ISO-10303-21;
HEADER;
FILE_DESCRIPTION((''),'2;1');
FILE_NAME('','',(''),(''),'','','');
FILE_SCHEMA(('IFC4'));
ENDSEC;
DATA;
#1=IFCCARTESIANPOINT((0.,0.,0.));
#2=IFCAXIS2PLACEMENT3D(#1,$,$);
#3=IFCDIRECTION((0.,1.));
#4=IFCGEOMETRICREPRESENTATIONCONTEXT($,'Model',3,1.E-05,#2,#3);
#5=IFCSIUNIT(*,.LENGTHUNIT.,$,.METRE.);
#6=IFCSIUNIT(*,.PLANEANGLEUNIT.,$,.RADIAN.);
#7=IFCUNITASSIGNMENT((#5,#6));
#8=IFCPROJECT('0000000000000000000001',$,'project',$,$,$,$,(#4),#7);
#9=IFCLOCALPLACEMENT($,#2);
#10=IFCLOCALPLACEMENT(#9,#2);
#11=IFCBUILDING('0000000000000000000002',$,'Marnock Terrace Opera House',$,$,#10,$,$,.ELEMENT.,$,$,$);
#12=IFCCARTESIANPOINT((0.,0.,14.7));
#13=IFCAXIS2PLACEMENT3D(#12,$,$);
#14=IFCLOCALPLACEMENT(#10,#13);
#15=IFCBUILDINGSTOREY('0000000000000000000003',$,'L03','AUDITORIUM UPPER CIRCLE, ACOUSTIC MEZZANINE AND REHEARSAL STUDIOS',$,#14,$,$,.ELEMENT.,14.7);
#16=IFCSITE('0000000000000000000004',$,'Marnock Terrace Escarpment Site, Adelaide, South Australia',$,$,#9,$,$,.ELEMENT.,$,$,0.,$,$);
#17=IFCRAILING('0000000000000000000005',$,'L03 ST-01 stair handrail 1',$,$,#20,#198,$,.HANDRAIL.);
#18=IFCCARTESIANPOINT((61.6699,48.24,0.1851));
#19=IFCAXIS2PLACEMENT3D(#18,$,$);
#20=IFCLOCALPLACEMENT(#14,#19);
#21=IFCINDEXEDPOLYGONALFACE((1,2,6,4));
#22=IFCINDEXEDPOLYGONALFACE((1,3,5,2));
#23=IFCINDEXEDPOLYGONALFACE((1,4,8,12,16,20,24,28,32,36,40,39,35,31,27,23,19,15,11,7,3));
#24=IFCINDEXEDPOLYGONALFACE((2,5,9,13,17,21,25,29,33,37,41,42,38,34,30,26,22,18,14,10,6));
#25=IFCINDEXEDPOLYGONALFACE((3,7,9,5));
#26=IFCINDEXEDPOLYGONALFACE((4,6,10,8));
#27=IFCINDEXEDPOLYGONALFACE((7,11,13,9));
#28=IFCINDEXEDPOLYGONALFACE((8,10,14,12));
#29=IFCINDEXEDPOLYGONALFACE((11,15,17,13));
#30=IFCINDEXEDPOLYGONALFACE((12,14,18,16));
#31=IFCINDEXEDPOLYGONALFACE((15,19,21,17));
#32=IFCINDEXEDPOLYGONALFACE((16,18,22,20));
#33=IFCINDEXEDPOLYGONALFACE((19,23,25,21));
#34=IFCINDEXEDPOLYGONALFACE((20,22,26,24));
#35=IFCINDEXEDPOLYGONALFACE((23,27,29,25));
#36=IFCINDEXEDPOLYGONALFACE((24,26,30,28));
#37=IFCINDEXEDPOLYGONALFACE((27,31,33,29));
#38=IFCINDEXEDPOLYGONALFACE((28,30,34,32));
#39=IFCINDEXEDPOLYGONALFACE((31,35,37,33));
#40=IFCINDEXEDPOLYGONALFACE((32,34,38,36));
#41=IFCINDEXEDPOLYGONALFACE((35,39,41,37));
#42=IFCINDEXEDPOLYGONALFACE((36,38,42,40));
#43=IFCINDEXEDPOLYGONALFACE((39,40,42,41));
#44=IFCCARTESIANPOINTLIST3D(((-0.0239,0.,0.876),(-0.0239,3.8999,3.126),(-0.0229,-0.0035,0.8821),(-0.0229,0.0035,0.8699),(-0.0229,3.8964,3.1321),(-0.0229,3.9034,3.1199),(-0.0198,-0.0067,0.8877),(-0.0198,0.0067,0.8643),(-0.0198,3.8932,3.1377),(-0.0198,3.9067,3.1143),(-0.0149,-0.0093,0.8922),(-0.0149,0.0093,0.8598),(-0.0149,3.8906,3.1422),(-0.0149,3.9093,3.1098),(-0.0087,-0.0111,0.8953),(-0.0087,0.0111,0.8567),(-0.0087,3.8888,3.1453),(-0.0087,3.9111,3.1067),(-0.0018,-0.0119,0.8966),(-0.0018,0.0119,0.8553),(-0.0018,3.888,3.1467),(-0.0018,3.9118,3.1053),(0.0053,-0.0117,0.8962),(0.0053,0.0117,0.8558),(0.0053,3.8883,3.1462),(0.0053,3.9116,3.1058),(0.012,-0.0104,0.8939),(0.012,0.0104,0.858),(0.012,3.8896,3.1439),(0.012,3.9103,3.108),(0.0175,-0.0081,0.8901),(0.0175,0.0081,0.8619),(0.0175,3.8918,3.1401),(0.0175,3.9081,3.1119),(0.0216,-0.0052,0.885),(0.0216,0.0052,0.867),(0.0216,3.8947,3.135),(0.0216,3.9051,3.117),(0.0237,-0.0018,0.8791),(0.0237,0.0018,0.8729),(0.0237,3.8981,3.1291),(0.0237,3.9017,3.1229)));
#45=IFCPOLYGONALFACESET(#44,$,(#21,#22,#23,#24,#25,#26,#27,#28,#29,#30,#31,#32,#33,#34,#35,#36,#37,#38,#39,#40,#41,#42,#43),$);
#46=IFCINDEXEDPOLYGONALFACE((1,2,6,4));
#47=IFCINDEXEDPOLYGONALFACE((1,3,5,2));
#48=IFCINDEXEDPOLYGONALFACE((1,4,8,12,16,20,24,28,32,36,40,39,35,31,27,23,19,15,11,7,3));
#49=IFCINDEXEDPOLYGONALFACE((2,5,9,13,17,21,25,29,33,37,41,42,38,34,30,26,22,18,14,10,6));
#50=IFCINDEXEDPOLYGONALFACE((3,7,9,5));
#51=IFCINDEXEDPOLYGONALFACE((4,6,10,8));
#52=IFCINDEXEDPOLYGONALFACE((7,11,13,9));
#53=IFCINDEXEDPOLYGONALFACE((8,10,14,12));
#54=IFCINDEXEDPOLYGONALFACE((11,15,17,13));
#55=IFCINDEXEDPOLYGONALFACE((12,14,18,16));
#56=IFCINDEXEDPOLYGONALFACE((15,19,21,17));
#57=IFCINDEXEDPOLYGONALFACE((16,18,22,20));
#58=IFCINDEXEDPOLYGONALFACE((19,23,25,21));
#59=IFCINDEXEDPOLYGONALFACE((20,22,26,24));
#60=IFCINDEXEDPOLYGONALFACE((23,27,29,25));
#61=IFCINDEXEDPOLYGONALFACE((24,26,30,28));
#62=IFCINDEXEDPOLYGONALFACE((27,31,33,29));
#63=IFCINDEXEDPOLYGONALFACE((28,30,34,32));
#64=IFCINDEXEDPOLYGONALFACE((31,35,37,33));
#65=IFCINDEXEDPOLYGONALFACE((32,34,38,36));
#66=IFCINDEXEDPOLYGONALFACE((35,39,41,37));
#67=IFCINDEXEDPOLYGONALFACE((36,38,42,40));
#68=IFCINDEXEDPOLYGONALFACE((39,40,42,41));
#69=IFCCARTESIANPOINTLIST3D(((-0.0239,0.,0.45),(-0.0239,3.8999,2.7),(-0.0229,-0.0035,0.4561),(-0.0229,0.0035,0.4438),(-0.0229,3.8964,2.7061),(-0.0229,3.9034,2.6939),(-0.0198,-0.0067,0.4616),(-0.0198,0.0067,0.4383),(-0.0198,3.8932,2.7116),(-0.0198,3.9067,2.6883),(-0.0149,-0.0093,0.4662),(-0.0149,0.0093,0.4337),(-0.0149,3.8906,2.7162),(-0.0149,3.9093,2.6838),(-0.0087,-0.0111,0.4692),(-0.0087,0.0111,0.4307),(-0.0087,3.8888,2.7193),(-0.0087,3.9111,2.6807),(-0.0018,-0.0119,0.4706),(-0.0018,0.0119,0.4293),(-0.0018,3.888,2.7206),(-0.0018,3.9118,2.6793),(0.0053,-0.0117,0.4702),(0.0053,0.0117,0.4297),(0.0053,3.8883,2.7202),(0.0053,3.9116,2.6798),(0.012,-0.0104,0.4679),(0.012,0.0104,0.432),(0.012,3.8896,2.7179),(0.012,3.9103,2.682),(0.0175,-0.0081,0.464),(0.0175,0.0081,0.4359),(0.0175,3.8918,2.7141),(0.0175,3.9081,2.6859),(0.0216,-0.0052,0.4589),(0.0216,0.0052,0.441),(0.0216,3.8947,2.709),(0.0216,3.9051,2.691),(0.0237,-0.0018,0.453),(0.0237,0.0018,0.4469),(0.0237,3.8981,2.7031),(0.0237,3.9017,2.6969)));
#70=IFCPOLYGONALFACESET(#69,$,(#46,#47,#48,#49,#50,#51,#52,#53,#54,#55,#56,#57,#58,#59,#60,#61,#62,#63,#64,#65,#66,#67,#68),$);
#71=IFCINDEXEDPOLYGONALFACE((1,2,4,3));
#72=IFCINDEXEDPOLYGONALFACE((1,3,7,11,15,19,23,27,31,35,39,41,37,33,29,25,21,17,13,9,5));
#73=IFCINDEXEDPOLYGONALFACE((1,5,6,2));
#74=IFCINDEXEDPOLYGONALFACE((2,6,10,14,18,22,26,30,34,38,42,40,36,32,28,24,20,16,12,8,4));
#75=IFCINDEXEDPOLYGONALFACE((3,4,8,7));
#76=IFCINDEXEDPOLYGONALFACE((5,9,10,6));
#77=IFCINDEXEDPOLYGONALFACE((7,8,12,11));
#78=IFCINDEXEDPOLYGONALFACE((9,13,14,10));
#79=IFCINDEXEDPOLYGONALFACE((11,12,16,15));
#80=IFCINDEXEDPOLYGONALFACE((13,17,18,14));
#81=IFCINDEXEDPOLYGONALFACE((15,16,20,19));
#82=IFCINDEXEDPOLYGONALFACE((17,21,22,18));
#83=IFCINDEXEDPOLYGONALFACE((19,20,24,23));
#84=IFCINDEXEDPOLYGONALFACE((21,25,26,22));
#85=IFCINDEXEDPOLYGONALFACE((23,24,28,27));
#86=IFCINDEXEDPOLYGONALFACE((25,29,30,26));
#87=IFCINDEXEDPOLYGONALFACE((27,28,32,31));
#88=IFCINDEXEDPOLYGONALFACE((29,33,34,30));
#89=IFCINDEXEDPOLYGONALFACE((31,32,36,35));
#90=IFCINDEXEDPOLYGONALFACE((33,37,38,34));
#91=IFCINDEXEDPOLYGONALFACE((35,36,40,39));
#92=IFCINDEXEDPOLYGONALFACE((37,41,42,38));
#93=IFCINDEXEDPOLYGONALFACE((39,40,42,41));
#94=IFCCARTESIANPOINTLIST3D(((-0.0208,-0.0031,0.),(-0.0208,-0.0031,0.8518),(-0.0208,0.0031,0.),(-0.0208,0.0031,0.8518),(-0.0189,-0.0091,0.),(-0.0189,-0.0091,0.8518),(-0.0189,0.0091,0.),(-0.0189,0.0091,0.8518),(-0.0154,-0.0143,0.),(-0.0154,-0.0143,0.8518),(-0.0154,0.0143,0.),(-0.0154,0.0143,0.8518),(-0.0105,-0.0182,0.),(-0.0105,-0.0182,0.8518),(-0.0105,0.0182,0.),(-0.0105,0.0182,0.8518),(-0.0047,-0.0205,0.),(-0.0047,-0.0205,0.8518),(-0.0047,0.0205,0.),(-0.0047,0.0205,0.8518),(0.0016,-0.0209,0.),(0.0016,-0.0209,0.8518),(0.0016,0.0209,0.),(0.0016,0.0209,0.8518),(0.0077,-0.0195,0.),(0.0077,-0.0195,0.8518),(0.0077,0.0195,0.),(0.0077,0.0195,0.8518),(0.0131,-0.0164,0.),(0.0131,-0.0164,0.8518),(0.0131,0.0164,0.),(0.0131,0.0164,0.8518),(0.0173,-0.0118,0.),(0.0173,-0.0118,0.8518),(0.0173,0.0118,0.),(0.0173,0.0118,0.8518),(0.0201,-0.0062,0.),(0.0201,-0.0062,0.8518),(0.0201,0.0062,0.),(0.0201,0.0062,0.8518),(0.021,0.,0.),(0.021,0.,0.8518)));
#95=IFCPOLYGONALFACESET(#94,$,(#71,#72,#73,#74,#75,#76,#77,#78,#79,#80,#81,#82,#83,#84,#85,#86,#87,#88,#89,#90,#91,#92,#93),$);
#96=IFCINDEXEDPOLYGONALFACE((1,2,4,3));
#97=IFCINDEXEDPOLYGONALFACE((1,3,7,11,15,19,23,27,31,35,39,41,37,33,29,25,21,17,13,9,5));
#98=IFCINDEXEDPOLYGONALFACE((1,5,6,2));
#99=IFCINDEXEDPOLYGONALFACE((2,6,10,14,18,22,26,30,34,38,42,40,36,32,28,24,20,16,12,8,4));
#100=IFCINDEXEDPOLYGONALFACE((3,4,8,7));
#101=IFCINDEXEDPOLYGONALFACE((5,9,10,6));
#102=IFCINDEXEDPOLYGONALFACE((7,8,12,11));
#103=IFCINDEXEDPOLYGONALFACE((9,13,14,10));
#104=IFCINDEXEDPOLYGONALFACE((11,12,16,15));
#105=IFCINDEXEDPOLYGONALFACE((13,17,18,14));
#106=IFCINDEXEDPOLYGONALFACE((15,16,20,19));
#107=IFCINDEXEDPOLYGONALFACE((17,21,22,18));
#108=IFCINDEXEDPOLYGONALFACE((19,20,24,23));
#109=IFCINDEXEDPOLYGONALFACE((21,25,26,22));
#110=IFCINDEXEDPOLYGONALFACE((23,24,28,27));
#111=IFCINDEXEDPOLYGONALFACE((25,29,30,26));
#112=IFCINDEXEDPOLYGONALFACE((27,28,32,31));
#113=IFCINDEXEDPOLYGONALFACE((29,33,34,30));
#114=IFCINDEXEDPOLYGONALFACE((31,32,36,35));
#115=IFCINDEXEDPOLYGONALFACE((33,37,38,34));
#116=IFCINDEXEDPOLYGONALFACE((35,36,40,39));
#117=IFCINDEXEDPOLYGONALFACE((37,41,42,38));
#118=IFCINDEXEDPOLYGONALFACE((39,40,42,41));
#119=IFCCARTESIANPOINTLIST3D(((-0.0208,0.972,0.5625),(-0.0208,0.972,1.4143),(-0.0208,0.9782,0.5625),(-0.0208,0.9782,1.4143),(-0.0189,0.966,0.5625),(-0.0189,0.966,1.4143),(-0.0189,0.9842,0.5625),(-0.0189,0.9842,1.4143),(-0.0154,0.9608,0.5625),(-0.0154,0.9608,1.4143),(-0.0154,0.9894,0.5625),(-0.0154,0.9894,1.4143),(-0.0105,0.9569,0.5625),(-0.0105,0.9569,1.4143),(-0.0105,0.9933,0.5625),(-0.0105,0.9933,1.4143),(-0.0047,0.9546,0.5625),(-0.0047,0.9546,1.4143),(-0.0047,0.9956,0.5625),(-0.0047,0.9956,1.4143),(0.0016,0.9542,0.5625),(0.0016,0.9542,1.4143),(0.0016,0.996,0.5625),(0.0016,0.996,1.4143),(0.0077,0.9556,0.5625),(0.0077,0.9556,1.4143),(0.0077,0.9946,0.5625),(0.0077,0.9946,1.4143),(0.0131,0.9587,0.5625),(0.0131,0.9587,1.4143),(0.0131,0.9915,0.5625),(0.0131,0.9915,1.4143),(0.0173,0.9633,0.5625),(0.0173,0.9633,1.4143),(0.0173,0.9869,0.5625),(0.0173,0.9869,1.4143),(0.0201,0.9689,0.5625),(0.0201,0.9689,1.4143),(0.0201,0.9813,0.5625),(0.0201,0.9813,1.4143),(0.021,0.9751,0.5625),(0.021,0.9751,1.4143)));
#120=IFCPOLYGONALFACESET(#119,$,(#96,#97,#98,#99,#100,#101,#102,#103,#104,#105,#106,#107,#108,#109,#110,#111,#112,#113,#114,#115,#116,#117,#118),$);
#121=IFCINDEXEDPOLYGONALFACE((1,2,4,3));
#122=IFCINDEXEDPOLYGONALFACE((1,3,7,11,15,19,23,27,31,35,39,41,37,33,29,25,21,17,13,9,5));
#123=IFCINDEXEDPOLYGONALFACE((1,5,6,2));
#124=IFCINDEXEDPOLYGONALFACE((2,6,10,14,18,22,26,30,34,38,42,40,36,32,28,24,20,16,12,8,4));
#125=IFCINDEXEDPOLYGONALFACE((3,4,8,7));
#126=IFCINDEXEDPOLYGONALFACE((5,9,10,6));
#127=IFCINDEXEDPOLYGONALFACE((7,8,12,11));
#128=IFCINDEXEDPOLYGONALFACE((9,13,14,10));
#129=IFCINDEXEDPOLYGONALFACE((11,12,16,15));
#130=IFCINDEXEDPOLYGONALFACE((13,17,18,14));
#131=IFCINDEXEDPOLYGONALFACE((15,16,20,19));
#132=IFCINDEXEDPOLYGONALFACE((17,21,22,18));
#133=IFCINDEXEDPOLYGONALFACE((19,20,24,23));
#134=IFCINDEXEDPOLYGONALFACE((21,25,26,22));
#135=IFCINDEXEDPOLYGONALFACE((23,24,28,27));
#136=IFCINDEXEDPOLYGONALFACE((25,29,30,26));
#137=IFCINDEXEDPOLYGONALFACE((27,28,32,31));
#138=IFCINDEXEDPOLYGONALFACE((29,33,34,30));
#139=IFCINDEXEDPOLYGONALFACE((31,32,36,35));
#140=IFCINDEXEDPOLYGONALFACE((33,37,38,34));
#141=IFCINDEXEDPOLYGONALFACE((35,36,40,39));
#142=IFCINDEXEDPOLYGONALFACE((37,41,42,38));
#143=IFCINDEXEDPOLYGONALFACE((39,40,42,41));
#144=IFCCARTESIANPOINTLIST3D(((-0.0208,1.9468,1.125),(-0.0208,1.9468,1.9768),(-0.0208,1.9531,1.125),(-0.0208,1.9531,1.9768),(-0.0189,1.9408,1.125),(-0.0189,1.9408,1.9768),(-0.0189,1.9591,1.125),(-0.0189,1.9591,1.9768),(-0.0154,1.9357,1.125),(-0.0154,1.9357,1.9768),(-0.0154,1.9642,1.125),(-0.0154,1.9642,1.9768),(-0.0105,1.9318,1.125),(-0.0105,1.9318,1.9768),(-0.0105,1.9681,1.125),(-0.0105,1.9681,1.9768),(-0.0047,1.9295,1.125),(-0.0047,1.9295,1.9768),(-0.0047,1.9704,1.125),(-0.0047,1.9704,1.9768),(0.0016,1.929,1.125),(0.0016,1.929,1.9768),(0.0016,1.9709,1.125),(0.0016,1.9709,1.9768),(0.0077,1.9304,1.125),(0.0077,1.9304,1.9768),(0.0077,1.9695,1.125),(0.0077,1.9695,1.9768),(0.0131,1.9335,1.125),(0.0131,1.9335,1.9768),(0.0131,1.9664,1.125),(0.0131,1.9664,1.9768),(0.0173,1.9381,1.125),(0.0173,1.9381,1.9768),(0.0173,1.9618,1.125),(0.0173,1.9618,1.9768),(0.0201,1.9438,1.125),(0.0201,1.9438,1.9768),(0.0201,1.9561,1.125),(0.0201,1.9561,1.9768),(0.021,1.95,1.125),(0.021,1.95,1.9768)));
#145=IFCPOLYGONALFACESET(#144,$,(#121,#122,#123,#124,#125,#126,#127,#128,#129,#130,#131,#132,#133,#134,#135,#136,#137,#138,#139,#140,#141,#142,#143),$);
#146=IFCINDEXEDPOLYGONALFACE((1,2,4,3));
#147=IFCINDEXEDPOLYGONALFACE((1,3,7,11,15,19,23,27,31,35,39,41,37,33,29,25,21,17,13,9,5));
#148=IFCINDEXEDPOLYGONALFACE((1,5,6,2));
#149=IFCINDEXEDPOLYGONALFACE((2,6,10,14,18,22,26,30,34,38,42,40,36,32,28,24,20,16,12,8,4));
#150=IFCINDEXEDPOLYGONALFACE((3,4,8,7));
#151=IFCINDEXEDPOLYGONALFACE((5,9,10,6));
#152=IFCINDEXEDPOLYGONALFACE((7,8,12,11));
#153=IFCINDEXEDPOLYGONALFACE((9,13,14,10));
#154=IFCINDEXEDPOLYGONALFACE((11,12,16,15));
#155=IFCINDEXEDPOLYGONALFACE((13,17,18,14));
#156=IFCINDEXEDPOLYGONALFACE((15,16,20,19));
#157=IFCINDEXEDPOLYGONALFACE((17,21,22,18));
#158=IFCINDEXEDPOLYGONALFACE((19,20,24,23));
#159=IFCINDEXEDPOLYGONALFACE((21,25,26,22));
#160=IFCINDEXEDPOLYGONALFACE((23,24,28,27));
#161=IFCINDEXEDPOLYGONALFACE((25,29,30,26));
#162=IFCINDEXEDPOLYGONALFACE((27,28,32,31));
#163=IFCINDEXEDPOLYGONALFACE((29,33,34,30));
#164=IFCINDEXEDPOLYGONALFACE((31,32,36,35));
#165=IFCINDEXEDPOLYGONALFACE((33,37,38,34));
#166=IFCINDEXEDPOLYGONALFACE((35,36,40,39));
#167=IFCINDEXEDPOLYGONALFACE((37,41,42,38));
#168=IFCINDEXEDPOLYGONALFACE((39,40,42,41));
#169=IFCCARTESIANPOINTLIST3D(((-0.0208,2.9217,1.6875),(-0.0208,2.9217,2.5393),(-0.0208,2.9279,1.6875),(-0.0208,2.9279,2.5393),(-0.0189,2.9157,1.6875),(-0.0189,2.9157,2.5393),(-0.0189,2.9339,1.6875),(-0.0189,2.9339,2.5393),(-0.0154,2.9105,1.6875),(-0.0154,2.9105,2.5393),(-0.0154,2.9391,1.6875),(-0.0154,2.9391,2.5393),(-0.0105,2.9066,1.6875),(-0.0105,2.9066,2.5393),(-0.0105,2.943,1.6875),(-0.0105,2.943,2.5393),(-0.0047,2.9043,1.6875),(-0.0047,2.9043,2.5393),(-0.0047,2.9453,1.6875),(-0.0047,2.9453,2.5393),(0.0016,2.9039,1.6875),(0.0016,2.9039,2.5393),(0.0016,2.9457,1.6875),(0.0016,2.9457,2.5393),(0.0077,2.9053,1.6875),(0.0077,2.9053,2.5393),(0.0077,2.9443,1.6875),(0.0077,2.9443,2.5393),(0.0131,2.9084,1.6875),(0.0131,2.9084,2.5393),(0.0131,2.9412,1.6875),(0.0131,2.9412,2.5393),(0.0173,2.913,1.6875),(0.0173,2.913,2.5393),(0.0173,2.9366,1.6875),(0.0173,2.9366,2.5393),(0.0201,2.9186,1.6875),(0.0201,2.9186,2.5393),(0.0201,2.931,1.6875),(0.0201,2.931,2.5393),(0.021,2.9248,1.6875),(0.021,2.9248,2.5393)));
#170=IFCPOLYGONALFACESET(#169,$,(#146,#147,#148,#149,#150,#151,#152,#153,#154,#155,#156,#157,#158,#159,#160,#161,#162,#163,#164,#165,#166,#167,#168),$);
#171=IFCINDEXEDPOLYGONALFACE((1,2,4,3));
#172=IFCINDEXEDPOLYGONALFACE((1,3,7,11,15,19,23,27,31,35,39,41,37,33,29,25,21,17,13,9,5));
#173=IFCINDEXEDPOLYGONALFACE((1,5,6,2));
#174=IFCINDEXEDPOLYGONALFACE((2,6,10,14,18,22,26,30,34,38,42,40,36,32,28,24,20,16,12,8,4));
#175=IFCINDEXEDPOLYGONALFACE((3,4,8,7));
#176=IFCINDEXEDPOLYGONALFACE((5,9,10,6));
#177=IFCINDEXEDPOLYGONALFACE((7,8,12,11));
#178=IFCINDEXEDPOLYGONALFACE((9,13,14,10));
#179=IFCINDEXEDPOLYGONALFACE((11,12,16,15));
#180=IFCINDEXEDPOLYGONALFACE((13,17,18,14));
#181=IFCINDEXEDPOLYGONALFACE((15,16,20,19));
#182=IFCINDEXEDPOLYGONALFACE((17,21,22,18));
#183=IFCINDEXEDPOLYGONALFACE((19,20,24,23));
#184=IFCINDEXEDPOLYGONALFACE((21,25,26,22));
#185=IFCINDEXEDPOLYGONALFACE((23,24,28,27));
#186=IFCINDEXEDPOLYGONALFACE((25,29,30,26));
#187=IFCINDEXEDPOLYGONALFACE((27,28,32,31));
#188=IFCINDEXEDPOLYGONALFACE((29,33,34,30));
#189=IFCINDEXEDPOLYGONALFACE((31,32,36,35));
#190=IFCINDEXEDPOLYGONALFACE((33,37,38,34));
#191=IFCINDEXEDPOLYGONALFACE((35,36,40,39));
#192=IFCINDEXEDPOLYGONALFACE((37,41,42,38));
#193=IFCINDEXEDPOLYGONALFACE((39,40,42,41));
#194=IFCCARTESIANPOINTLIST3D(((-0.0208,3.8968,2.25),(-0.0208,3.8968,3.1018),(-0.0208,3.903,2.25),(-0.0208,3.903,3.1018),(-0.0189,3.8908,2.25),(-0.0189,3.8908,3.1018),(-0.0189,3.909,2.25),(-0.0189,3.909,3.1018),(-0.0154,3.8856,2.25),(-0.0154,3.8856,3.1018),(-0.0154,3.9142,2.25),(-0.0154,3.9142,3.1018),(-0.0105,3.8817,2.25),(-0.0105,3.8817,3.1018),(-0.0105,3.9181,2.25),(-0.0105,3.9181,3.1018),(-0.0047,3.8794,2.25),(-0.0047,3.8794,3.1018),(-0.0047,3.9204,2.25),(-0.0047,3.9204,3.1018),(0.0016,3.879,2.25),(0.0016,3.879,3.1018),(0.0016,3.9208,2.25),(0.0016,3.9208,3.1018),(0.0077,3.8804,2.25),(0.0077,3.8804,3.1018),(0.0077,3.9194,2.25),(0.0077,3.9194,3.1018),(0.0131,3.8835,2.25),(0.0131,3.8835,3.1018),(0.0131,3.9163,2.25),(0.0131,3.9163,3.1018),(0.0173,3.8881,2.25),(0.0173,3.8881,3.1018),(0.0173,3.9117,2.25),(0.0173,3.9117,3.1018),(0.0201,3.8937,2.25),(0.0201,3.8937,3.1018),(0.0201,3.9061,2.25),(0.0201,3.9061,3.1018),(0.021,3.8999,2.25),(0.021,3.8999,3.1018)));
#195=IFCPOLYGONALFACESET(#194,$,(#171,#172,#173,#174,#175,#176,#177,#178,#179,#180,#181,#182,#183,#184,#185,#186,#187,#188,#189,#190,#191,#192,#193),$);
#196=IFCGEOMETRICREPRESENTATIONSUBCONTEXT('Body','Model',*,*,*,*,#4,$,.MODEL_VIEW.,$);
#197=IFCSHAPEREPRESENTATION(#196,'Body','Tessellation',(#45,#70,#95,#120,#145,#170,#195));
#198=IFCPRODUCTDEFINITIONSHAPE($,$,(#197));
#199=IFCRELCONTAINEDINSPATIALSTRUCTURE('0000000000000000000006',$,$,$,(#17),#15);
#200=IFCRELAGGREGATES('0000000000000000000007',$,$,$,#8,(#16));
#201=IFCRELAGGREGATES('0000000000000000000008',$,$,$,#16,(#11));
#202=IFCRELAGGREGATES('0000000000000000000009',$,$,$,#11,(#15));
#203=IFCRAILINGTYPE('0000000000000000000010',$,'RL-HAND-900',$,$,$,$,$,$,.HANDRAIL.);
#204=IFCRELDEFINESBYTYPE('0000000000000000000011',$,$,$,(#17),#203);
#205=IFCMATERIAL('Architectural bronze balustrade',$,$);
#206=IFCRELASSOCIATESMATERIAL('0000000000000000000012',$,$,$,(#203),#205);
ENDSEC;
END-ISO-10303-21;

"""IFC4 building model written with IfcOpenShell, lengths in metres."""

from ifc_helpers import new_model, si_unit, direction, frame, origin, origin_2d, place, context, subcontext, project, spatial, circle, extrude, material, type_object, element, save


model = new_model("IFC4")

# Units and contexts
model_context = context("Model", 3, precision=1e-05, world=origin(), true_north=direction((0.0, 1.0)))
body_context = subcontext(model_context, "Body", "Model", "MODEL_VIEW")
ifc_project = project(units=[si_unit("LENGTHUNIT", "METRE"), si_unit("PLANEANGLEUNIT", "RADIAN")], contexts=[model_context])

# Site, building, storey
site_placement = place(None, origin())
site = spatial("IfcSite", under=ifc_project, at=site_placement, Name="Marnock Terrace Escarpment Site, Adelaide, South Australia", CompositionType="ELEMENT", RefElevation=0.0)
building_placement = place(site_placement, origin())
building = spatial("IfcBuilding", under=site, at=building_placement, Name="Marnock Terrace Opera House", CompositionType="ELEMENT")
storey_placement = place(building_placement, frame((0.0, 0.0, 14.7)))
storey = spatial("IfcBuildingStorey", under=building, at=storey_placement, Name="L03", Description="AUDITORIUM UPPER CIRCLE, ACOUSTIC MEZZANINE AND REHEARSAL STUDIOS", CompositionType="ELEMENT", Elevation=14.7)

# Railing
ifc_material_1 = material(Name="Architectural bronze balustrade")
railing_type_1 = type_object("IfcRailingType", Name="RL-HAND-900", PredefinedType="HANDRAIL", material=ifc_material_1)
railing_1_placement = place(storey_placement, frame((61.6699, 48.24, 0.1851)))
element("IfcRailing", 1, at=railing_1_placement, inside=storey, type_object=railing_type_1, Name="L03 ST-01 stair handrail 1", PredefinedType="HANDRAIL", context=body_context, shape_type="SweptSolid", body=[
    extrude(circle(Radius=0.0239, at=origin_2d()), frame((0.0, 0.0, 0.876), z_axis=(0.0, 0.86618, 0.499732), x_axis=(-1.0, 0.0, 0.0)), (0.0, 0.0, 1.0), 4.5024),
    extrude(circle(Radius=0.0239, at=origin_2d()), frame((0.0, 0.0, 0.45), z_axis=(0.0, 0.86618, 0.499732), x_axis=(-1.0, 0.0, 0.0)), (0.0, 0.0, 1.0), 4.5024),
    extrude(circle(Radius=0.021, at=origin_2d()), origin(), (0.0, 0.0, 1.0), 0.8518),
    extrude(circle(Radius=0.021, at=origin_2d()), frame((0.0, 0.9751, 0.5625)), (0.0, 0.0, 1.0), 0.8518),
    extrude(circle(Radius=0.021, at=origin_2d()), frame((0.0, 1.95, 1.125)), (0.0, 0.0, 1.0), 0.8518),
    extrude(circle(Radius=0.021, at=origin_2d()), frame((0.0, 2.9248, 1.6875)), (0.0, 0.0, 1.0), 0.8518),
    extrude(circle(Radius=0.021, at=origin_2d()), frame((0.0, 3.8999, 2.25)), (0.0, 0.0, 1.0), 0.8518),
])

save(model, "model.ifc")
